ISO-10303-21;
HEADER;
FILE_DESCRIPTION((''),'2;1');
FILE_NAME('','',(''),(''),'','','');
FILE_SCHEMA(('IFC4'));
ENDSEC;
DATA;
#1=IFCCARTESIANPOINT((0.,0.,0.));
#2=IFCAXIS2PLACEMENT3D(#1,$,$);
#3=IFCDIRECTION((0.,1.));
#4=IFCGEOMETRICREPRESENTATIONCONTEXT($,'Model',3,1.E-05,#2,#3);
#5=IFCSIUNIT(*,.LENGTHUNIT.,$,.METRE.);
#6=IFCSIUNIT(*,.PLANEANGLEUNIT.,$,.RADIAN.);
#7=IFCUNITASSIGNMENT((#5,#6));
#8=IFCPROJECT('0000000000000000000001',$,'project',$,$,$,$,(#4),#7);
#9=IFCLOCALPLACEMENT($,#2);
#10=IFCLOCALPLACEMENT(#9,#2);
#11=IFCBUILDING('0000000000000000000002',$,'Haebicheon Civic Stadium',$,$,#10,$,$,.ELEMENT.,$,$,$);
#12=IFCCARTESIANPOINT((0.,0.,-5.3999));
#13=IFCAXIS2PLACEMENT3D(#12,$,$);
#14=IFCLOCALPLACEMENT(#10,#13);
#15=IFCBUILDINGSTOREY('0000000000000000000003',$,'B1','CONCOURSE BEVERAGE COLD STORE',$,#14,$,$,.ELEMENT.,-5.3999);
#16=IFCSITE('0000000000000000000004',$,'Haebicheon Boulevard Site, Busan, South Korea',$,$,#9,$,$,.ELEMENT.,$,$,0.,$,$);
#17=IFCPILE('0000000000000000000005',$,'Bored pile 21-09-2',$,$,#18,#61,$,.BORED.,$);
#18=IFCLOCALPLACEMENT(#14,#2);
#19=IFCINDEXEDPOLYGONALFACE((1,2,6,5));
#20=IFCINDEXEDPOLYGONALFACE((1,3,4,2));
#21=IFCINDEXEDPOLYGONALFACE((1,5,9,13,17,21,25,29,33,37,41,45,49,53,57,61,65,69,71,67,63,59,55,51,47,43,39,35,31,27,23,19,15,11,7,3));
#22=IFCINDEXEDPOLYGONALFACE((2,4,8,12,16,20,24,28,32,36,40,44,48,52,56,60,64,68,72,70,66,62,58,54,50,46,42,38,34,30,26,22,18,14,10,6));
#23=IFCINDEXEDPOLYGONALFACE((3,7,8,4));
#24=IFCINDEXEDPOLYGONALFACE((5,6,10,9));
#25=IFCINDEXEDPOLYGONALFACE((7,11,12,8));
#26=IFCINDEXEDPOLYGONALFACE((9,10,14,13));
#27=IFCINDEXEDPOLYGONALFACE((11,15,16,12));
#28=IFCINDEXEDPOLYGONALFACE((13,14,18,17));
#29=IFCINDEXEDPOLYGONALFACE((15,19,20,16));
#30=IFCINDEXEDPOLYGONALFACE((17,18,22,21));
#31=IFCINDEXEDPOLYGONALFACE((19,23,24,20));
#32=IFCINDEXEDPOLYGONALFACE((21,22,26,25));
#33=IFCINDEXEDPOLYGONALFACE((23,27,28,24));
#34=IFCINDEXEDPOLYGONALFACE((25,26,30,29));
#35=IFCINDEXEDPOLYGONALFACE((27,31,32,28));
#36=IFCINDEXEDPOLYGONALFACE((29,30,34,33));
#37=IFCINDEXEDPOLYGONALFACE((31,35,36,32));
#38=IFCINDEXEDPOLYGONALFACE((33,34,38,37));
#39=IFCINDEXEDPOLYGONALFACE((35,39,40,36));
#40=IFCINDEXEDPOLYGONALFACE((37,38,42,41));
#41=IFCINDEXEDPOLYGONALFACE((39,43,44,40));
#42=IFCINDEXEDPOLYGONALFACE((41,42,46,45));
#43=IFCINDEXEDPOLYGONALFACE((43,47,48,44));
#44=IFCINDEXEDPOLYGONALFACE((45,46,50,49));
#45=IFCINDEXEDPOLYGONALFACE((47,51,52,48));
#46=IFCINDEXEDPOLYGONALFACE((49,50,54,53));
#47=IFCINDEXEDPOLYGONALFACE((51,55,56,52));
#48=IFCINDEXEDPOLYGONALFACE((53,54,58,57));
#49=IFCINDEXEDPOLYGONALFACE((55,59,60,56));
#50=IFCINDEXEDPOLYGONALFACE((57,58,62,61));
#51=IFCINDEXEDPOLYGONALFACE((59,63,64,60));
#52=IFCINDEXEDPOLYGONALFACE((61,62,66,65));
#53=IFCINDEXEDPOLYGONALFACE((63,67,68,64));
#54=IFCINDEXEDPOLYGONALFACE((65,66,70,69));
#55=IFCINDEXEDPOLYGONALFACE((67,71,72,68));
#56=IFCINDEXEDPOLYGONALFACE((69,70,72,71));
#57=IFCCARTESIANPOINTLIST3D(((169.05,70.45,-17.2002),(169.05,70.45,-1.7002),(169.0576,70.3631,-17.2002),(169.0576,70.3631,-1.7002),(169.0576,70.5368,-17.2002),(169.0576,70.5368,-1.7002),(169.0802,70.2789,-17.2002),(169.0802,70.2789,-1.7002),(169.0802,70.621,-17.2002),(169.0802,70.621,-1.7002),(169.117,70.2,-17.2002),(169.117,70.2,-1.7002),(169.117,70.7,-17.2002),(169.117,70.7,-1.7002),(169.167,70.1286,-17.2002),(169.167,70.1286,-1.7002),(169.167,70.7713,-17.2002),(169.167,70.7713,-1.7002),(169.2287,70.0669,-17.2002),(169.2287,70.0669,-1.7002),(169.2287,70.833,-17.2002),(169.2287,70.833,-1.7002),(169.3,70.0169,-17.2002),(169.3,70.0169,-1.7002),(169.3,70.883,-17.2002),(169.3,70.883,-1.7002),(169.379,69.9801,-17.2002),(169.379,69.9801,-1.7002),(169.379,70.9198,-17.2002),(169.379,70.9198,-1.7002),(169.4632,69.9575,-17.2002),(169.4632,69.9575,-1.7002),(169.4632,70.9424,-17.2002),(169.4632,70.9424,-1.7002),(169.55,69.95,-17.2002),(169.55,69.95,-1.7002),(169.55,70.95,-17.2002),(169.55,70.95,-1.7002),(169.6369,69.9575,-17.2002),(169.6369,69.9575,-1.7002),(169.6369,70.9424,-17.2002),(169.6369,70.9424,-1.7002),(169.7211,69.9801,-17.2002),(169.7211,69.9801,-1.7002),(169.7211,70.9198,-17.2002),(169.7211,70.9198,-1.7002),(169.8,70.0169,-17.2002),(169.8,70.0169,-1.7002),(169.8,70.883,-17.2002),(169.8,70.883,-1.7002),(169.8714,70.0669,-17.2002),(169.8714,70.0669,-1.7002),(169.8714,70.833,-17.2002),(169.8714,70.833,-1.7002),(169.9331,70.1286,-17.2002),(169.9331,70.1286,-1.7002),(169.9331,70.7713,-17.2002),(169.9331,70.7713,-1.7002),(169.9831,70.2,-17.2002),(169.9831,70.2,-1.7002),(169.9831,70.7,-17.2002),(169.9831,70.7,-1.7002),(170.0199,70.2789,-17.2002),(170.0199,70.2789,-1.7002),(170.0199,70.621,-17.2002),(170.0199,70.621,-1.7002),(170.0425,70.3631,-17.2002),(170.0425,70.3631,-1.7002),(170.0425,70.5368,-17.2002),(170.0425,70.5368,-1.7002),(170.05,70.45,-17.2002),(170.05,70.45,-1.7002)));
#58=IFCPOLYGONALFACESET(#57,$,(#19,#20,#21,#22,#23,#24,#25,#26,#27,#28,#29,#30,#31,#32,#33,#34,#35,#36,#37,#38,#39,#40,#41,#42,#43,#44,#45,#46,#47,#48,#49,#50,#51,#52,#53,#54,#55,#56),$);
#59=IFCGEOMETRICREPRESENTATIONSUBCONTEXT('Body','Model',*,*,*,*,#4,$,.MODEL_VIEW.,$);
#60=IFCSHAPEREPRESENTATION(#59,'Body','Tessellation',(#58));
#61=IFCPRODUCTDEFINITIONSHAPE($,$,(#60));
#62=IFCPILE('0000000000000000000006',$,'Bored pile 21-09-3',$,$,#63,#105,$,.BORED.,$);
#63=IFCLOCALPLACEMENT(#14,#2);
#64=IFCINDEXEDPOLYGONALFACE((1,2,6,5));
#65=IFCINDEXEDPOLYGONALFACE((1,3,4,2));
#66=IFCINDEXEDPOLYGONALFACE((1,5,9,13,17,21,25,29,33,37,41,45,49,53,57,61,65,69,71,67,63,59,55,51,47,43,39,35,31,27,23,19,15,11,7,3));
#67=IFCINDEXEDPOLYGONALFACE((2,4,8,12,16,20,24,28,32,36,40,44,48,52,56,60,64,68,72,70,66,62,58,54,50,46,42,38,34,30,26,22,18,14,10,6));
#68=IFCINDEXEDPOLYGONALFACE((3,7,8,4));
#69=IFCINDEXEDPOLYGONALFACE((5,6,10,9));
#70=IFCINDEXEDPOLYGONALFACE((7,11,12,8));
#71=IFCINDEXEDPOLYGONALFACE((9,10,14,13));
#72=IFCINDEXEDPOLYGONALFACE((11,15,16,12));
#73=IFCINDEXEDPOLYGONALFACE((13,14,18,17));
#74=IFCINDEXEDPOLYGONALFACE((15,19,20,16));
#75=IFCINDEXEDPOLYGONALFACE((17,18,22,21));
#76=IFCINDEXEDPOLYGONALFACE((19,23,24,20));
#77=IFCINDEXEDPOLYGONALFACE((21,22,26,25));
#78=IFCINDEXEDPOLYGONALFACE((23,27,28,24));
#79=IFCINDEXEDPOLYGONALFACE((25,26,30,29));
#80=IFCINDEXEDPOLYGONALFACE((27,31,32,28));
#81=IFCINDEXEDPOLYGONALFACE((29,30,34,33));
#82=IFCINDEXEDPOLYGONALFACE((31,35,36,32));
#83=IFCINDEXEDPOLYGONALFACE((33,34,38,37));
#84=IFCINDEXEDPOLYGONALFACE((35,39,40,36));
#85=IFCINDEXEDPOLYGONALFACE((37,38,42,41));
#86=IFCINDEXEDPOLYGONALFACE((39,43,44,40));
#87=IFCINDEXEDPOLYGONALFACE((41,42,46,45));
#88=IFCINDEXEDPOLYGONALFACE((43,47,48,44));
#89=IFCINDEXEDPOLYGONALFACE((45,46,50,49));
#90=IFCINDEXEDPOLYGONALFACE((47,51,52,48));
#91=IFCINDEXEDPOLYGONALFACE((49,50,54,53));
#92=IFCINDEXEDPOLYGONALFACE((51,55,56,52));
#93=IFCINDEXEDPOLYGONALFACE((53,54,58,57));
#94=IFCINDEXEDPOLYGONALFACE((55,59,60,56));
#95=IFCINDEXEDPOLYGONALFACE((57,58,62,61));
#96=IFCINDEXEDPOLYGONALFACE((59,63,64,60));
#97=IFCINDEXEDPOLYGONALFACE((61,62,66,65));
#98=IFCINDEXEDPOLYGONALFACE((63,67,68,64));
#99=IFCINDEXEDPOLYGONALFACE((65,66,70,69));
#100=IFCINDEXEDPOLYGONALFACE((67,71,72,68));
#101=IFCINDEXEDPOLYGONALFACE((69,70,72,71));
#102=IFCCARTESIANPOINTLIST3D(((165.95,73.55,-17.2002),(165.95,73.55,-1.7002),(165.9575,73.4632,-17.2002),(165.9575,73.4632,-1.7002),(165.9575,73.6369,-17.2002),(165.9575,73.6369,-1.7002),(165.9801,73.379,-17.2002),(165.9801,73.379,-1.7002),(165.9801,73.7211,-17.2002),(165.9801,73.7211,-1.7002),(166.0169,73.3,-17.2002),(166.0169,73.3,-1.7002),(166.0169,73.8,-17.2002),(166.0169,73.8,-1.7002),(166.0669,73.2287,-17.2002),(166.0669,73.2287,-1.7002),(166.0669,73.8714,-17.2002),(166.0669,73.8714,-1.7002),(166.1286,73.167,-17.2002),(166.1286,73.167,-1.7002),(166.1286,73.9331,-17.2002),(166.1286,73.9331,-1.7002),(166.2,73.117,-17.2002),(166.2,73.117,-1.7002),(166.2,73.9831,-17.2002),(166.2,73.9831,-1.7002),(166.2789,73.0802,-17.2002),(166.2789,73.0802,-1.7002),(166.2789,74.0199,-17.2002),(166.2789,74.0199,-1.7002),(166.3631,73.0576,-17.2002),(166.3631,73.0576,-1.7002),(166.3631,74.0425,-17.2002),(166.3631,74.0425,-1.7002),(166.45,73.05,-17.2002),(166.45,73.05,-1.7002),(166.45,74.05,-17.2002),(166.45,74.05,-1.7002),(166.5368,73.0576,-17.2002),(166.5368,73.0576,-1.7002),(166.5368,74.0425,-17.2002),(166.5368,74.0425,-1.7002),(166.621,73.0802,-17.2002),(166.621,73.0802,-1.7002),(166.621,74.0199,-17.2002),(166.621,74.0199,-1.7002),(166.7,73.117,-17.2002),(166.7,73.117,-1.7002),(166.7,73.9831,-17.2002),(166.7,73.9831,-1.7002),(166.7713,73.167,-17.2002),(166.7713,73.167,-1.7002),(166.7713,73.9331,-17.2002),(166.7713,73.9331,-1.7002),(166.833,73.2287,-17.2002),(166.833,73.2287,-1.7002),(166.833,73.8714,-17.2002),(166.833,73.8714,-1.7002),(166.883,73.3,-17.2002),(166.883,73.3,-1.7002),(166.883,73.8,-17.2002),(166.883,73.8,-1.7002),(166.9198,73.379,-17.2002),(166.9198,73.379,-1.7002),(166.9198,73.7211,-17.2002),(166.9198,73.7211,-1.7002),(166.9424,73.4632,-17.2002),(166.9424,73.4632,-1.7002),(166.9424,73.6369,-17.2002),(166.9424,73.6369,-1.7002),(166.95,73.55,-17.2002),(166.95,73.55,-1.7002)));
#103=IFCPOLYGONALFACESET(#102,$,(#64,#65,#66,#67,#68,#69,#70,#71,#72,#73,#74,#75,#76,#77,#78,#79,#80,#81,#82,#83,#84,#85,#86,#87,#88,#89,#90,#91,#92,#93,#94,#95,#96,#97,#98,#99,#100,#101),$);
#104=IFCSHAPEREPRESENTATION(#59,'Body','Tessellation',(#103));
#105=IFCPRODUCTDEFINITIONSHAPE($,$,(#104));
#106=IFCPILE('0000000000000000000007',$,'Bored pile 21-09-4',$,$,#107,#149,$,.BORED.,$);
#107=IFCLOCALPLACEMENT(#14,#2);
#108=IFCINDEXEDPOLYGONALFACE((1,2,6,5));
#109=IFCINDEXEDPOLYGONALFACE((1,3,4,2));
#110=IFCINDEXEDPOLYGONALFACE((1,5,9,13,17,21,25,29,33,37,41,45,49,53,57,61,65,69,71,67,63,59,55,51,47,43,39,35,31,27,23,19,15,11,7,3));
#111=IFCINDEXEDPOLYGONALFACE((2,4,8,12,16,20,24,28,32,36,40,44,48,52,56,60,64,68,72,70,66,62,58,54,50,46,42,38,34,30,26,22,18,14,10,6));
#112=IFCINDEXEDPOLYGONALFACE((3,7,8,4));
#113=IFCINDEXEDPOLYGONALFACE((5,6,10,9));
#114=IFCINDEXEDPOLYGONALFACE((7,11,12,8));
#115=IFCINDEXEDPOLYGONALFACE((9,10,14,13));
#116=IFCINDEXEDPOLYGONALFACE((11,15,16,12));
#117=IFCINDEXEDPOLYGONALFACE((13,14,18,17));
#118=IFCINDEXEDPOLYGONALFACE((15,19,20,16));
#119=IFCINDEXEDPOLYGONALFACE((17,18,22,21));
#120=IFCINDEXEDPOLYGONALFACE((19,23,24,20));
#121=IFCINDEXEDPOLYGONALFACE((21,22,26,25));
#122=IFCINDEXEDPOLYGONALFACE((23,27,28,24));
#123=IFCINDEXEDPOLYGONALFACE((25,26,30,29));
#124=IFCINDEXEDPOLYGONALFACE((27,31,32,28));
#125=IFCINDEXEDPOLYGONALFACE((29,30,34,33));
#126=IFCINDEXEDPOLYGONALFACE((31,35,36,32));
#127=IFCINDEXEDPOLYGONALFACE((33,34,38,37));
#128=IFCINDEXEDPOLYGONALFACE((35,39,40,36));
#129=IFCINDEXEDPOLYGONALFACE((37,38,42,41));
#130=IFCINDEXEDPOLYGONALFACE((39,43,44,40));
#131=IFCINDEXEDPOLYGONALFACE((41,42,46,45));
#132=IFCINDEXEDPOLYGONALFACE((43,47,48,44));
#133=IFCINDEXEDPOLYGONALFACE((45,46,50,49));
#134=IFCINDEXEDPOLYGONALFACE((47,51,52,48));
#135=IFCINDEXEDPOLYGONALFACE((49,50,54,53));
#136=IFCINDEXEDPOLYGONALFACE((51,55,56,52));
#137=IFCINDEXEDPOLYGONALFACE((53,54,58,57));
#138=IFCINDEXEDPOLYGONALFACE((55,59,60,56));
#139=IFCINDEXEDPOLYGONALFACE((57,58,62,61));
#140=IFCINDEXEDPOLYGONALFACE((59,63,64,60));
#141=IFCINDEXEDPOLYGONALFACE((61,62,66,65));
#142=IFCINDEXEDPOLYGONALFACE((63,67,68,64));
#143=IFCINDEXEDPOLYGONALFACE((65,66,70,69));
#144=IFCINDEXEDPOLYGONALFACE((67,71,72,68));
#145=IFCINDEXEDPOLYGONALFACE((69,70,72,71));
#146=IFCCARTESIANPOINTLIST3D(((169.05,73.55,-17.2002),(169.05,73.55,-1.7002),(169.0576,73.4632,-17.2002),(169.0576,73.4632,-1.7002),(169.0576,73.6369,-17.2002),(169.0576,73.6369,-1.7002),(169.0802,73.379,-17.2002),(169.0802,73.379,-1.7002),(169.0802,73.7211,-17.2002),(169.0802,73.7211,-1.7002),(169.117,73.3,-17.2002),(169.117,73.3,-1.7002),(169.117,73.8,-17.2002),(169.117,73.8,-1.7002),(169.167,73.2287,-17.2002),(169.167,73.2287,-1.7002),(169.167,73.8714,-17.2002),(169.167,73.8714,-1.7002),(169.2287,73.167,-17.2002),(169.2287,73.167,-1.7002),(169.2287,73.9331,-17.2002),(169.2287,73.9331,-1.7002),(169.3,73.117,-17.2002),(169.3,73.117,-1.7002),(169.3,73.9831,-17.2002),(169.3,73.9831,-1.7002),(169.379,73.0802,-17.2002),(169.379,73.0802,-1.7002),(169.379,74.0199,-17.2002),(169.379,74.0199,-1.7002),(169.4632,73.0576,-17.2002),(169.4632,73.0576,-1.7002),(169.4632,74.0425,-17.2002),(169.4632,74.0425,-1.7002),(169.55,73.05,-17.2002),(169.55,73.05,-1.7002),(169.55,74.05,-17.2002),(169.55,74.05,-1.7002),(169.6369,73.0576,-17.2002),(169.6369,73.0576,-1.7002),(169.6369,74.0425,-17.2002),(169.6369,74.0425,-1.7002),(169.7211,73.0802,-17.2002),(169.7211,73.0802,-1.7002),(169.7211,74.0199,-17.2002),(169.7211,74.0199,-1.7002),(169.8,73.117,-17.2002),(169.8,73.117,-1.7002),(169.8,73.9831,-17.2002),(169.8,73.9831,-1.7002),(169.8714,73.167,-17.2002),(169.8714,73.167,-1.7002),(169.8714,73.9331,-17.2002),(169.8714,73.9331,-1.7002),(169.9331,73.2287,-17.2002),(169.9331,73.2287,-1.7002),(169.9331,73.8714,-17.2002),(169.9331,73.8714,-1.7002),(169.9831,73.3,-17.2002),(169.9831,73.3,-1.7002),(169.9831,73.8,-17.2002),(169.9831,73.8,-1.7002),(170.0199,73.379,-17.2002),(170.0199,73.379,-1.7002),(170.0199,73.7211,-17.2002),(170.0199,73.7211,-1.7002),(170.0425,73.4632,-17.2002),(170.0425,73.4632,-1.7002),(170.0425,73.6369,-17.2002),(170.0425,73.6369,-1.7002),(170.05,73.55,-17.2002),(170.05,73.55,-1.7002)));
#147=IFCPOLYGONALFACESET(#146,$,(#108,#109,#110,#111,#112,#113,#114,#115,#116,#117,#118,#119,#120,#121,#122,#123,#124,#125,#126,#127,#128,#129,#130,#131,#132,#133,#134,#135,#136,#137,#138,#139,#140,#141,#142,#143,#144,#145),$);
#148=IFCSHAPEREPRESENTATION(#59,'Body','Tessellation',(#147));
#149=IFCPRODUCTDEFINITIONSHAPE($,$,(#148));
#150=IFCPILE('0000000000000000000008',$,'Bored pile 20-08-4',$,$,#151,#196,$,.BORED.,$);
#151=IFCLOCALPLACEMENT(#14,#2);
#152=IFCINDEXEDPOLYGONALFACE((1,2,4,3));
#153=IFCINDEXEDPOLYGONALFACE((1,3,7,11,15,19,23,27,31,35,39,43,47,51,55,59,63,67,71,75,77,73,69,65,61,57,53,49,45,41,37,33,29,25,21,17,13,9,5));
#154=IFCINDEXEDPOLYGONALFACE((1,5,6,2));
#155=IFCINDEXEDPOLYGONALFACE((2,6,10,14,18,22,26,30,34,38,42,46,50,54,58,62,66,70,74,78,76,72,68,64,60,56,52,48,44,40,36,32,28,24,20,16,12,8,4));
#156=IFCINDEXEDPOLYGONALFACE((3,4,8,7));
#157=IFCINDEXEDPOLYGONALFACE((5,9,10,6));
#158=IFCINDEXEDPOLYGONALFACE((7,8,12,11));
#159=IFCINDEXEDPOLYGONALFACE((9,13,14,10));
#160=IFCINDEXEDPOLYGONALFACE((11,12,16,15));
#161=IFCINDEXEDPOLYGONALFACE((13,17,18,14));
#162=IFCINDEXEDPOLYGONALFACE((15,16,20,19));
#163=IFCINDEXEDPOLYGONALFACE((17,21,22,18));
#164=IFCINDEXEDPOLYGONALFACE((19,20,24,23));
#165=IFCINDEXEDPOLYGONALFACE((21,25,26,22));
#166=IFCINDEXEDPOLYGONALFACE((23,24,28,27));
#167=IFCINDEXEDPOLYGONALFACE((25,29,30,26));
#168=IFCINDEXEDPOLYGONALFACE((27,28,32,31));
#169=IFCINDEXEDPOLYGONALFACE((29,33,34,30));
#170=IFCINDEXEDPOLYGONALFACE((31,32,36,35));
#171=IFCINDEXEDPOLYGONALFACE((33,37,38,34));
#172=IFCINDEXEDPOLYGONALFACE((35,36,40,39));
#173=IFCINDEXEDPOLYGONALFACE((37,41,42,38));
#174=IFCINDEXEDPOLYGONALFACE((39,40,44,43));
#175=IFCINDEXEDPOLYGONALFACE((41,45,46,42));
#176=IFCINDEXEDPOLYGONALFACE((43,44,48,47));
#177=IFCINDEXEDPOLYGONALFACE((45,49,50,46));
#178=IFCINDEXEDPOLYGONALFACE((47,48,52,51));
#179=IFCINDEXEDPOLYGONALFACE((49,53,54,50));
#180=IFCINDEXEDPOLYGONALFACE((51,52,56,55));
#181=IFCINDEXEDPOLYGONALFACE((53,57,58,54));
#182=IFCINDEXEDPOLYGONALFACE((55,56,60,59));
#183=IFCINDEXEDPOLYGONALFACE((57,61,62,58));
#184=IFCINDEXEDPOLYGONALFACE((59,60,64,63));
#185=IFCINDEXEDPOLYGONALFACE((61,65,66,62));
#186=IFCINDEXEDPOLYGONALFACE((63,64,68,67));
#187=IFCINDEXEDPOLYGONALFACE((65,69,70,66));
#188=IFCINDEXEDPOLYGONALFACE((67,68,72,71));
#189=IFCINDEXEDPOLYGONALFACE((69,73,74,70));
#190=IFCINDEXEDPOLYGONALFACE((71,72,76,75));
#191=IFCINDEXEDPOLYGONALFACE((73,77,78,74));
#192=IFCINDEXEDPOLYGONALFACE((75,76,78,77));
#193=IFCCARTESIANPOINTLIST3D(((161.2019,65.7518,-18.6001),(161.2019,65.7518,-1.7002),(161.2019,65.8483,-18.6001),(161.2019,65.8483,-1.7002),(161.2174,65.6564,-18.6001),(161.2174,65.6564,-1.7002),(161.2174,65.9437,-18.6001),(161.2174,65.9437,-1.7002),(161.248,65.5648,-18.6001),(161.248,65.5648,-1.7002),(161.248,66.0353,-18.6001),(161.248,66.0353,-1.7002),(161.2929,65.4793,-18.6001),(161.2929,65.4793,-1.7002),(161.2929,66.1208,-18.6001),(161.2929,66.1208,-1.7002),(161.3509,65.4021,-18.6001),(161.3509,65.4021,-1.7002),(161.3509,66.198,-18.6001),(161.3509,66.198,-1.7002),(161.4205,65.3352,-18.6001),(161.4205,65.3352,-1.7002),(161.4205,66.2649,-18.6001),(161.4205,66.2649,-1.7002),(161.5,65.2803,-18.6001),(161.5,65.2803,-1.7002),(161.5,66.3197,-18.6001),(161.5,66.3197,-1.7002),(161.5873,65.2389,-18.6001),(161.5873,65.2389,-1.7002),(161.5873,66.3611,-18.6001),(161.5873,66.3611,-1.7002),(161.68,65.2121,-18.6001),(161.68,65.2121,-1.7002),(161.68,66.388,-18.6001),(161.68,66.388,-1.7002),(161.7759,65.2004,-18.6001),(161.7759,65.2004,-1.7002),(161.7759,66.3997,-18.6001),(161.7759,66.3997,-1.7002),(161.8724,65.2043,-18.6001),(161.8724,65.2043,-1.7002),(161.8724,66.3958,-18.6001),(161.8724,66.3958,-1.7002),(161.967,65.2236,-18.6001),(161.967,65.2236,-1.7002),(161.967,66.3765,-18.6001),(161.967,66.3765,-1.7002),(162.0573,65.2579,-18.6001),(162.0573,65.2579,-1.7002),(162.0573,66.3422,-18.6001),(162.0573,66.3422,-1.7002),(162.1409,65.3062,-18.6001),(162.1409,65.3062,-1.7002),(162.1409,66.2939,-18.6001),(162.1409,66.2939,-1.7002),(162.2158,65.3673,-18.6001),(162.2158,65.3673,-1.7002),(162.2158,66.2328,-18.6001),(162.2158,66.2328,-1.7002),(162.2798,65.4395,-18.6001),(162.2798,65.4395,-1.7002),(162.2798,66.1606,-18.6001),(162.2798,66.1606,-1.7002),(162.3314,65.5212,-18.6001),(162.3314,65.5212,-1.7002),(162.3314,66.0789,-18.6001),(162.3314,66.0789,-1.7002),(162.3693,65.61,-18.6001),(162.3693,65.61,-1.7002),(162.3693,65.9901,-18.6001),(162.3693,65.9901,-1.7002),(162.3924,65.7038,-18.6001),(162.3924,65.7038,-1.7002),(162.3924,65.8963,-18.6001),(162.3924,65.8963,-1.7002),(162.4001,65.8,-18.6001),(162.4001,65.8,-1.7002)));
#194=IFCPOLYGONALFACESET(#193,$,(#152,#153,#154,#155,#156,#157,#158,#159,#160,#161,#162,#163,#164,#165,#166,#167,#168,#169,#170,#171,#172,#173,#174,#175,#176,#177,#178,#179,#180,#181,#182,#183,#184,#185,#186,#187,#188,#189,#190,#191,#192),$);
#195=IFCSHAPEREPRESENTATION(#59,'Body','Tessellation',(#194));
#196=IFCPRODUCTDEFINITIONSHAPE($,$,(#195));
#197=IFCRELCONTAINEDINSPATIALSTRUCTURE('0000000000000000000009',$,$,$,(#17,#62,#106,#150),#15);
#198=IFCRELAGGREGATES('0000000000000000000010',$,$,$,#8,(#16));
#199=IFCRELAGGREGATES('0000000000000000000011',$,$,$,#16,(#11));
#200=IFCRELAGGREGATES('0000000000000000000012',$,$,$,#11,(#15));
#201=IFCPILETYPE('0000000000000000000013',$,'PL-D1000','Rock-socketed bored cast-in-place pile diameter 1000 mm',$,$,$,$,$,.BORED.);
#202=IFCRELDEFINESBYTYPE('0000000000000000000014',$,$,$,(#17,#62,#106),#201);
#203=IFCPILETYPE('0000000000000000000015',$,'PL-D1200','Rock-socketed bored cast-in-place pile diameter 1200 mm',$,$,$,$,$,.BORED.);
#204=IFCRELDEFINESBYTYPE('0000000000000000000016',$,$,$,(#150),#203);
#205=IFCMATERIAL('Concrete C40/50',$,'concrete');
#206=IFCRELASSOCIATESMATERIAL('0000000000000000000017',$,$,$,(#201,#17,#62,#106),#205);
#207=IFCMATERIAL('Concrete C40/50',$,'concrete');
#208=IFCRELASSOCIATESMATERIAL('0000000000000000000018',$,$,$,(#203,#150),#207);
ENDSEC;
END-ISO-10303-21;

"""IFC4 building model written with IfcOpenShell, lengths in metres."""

from ifc_helpers import new_model, si_unit, direction, frame, origin, origin_2d, place, context, subcontext, project, spatial, circle, extrude, material, material_profile, profile_set, type_object, element, save


model = new_model("IFC4")

# Units and contexts
model_context = context("Model", 3, precision=1e-05, world=origin(), true_north=direction((0.0, 1.0)))
body_context = subcontext(model_context, "Body", "Model", "MODEL_VIEW")
ifc_project = project(units=[si_unit("LENGTHUNIT", "METRE"), si_unit("PLANEANGLEUNIT", "RADIAN")], contexts=[model_context])

# Site, building, storey
site_placement = place(None, origin())
site = spatial("IfcSite", under=ifc_project, at=site_placement, Name="Haebicheon Boulevard Site, Busan, South Korea", CompositionType="ELEMENT", RefElevation=0.0)
building_placement = place(site_placement, origin())
building = spatial("IfcBuilding", under=site, at=building_placement, Name="Haebicheon Civic Stadium", CompositionType="ELEMENT")
storey_placement = place(building_placement, frame((0.0, 0.0, -5.3999)))
storey = spatial("IfcBuildingStorey", under=building, at=storey_placement, Name="B1", Description="CONCOURSE BEVERAGE COLD STORE", CompositionType="ELEMENT", Elevation=-5.3999)

# Piles
ifc_material_1 = material(Name="Concrete C40/50", Category="concrete")
ifc_material_profile_1 = material_profile(ifc_material_1, circle(Radius=0.5, at=origin_2d()), Name="PILE-D1000")
ifc_profile_set_1 = profile_set([ifc_material_profile_1], Name="Concrete C40/50")
pile_type_1 = type_object("IfcPileType", Name="PL-D1000", Description="Rock-socketed bored cast-in-place pile diameter 1000 mm", PredefinedType="BORED", material=ifc_profile_set_1)
for number, where, z_axis, x_axis, name in (
    (1, (169.55, 70.45, -1.7002), (0.0, 0.0, -1.0), (1.0, 0.0, 0.0), "Bored pile 21-09-2"),
    (2, (166.45, 73.55, -1.7002), (0.0, 0.0, -1.0), (1.0, 0.0, 0.0), "Bored pile 21-09-3"),
    (3, (169.55, 73.55, -1.7002), (0.0, 0.0, -1.0), (1.0, 0.0, 0.0), "Bored pile 21-09-4"),
):
    element("IfcPile", number, at=place(storey_placement, frame(where, z_axis=z_axis, x_axis=x_axis)), inside=storey, type_object=pile_type_1, material=ifc_profile_set_1, Name=name, PredefinedType="BORED", context=body_context, shape_type="SweptSolid", body=[
        extrude(circle(Radius=0.5, at=origin_2d()), origin(), (0.0, 0.0, 1.0), 15.5),
    ])
ifc_material_2 = material(Name="Concrete C40/50", Category="concrete")
ifc_material_profile_2 = material_profile(ifc_material_2, circle(Radius=0.6001, at=origin_2d()), Name="PILE-D1200")
ifc_profile_set_2 = profile_set([ifc_material_profile_2], Name="Concrete C40/50")
pile_type_2 = type_object("IfcPileType", Name="PL-D1200", Description="Rock-socketed bored cast-in-place pile diameter 1200 mm", PredefinedType="BORED", material=ifc_profile_set_2)
for number, where, z_axis, x_axis, name in (
    (4, (161.8, 65.8, -1.7002), (0.0, 0.0, -1.0), (1.0, 0.0, 0.0), "Bored pile 20-08-4"),
):
    element("IfcPile", number, at=place(storey_placement, frame(where, z_axis=z_axis, x_axis=x_axis)), inside=storey, type_object=pile_type_2, material=ifc_profile_set_2, Name=name, PredefinedType="BORED", context=body_context, shape_type="SweptSolid", body=[
        extrude(circle(Radius=0.6001, at=origin_2d()), origin(), (0.0, 0.0, 1.0), 16.8999),
    ])

save(model, "model.ifc")
